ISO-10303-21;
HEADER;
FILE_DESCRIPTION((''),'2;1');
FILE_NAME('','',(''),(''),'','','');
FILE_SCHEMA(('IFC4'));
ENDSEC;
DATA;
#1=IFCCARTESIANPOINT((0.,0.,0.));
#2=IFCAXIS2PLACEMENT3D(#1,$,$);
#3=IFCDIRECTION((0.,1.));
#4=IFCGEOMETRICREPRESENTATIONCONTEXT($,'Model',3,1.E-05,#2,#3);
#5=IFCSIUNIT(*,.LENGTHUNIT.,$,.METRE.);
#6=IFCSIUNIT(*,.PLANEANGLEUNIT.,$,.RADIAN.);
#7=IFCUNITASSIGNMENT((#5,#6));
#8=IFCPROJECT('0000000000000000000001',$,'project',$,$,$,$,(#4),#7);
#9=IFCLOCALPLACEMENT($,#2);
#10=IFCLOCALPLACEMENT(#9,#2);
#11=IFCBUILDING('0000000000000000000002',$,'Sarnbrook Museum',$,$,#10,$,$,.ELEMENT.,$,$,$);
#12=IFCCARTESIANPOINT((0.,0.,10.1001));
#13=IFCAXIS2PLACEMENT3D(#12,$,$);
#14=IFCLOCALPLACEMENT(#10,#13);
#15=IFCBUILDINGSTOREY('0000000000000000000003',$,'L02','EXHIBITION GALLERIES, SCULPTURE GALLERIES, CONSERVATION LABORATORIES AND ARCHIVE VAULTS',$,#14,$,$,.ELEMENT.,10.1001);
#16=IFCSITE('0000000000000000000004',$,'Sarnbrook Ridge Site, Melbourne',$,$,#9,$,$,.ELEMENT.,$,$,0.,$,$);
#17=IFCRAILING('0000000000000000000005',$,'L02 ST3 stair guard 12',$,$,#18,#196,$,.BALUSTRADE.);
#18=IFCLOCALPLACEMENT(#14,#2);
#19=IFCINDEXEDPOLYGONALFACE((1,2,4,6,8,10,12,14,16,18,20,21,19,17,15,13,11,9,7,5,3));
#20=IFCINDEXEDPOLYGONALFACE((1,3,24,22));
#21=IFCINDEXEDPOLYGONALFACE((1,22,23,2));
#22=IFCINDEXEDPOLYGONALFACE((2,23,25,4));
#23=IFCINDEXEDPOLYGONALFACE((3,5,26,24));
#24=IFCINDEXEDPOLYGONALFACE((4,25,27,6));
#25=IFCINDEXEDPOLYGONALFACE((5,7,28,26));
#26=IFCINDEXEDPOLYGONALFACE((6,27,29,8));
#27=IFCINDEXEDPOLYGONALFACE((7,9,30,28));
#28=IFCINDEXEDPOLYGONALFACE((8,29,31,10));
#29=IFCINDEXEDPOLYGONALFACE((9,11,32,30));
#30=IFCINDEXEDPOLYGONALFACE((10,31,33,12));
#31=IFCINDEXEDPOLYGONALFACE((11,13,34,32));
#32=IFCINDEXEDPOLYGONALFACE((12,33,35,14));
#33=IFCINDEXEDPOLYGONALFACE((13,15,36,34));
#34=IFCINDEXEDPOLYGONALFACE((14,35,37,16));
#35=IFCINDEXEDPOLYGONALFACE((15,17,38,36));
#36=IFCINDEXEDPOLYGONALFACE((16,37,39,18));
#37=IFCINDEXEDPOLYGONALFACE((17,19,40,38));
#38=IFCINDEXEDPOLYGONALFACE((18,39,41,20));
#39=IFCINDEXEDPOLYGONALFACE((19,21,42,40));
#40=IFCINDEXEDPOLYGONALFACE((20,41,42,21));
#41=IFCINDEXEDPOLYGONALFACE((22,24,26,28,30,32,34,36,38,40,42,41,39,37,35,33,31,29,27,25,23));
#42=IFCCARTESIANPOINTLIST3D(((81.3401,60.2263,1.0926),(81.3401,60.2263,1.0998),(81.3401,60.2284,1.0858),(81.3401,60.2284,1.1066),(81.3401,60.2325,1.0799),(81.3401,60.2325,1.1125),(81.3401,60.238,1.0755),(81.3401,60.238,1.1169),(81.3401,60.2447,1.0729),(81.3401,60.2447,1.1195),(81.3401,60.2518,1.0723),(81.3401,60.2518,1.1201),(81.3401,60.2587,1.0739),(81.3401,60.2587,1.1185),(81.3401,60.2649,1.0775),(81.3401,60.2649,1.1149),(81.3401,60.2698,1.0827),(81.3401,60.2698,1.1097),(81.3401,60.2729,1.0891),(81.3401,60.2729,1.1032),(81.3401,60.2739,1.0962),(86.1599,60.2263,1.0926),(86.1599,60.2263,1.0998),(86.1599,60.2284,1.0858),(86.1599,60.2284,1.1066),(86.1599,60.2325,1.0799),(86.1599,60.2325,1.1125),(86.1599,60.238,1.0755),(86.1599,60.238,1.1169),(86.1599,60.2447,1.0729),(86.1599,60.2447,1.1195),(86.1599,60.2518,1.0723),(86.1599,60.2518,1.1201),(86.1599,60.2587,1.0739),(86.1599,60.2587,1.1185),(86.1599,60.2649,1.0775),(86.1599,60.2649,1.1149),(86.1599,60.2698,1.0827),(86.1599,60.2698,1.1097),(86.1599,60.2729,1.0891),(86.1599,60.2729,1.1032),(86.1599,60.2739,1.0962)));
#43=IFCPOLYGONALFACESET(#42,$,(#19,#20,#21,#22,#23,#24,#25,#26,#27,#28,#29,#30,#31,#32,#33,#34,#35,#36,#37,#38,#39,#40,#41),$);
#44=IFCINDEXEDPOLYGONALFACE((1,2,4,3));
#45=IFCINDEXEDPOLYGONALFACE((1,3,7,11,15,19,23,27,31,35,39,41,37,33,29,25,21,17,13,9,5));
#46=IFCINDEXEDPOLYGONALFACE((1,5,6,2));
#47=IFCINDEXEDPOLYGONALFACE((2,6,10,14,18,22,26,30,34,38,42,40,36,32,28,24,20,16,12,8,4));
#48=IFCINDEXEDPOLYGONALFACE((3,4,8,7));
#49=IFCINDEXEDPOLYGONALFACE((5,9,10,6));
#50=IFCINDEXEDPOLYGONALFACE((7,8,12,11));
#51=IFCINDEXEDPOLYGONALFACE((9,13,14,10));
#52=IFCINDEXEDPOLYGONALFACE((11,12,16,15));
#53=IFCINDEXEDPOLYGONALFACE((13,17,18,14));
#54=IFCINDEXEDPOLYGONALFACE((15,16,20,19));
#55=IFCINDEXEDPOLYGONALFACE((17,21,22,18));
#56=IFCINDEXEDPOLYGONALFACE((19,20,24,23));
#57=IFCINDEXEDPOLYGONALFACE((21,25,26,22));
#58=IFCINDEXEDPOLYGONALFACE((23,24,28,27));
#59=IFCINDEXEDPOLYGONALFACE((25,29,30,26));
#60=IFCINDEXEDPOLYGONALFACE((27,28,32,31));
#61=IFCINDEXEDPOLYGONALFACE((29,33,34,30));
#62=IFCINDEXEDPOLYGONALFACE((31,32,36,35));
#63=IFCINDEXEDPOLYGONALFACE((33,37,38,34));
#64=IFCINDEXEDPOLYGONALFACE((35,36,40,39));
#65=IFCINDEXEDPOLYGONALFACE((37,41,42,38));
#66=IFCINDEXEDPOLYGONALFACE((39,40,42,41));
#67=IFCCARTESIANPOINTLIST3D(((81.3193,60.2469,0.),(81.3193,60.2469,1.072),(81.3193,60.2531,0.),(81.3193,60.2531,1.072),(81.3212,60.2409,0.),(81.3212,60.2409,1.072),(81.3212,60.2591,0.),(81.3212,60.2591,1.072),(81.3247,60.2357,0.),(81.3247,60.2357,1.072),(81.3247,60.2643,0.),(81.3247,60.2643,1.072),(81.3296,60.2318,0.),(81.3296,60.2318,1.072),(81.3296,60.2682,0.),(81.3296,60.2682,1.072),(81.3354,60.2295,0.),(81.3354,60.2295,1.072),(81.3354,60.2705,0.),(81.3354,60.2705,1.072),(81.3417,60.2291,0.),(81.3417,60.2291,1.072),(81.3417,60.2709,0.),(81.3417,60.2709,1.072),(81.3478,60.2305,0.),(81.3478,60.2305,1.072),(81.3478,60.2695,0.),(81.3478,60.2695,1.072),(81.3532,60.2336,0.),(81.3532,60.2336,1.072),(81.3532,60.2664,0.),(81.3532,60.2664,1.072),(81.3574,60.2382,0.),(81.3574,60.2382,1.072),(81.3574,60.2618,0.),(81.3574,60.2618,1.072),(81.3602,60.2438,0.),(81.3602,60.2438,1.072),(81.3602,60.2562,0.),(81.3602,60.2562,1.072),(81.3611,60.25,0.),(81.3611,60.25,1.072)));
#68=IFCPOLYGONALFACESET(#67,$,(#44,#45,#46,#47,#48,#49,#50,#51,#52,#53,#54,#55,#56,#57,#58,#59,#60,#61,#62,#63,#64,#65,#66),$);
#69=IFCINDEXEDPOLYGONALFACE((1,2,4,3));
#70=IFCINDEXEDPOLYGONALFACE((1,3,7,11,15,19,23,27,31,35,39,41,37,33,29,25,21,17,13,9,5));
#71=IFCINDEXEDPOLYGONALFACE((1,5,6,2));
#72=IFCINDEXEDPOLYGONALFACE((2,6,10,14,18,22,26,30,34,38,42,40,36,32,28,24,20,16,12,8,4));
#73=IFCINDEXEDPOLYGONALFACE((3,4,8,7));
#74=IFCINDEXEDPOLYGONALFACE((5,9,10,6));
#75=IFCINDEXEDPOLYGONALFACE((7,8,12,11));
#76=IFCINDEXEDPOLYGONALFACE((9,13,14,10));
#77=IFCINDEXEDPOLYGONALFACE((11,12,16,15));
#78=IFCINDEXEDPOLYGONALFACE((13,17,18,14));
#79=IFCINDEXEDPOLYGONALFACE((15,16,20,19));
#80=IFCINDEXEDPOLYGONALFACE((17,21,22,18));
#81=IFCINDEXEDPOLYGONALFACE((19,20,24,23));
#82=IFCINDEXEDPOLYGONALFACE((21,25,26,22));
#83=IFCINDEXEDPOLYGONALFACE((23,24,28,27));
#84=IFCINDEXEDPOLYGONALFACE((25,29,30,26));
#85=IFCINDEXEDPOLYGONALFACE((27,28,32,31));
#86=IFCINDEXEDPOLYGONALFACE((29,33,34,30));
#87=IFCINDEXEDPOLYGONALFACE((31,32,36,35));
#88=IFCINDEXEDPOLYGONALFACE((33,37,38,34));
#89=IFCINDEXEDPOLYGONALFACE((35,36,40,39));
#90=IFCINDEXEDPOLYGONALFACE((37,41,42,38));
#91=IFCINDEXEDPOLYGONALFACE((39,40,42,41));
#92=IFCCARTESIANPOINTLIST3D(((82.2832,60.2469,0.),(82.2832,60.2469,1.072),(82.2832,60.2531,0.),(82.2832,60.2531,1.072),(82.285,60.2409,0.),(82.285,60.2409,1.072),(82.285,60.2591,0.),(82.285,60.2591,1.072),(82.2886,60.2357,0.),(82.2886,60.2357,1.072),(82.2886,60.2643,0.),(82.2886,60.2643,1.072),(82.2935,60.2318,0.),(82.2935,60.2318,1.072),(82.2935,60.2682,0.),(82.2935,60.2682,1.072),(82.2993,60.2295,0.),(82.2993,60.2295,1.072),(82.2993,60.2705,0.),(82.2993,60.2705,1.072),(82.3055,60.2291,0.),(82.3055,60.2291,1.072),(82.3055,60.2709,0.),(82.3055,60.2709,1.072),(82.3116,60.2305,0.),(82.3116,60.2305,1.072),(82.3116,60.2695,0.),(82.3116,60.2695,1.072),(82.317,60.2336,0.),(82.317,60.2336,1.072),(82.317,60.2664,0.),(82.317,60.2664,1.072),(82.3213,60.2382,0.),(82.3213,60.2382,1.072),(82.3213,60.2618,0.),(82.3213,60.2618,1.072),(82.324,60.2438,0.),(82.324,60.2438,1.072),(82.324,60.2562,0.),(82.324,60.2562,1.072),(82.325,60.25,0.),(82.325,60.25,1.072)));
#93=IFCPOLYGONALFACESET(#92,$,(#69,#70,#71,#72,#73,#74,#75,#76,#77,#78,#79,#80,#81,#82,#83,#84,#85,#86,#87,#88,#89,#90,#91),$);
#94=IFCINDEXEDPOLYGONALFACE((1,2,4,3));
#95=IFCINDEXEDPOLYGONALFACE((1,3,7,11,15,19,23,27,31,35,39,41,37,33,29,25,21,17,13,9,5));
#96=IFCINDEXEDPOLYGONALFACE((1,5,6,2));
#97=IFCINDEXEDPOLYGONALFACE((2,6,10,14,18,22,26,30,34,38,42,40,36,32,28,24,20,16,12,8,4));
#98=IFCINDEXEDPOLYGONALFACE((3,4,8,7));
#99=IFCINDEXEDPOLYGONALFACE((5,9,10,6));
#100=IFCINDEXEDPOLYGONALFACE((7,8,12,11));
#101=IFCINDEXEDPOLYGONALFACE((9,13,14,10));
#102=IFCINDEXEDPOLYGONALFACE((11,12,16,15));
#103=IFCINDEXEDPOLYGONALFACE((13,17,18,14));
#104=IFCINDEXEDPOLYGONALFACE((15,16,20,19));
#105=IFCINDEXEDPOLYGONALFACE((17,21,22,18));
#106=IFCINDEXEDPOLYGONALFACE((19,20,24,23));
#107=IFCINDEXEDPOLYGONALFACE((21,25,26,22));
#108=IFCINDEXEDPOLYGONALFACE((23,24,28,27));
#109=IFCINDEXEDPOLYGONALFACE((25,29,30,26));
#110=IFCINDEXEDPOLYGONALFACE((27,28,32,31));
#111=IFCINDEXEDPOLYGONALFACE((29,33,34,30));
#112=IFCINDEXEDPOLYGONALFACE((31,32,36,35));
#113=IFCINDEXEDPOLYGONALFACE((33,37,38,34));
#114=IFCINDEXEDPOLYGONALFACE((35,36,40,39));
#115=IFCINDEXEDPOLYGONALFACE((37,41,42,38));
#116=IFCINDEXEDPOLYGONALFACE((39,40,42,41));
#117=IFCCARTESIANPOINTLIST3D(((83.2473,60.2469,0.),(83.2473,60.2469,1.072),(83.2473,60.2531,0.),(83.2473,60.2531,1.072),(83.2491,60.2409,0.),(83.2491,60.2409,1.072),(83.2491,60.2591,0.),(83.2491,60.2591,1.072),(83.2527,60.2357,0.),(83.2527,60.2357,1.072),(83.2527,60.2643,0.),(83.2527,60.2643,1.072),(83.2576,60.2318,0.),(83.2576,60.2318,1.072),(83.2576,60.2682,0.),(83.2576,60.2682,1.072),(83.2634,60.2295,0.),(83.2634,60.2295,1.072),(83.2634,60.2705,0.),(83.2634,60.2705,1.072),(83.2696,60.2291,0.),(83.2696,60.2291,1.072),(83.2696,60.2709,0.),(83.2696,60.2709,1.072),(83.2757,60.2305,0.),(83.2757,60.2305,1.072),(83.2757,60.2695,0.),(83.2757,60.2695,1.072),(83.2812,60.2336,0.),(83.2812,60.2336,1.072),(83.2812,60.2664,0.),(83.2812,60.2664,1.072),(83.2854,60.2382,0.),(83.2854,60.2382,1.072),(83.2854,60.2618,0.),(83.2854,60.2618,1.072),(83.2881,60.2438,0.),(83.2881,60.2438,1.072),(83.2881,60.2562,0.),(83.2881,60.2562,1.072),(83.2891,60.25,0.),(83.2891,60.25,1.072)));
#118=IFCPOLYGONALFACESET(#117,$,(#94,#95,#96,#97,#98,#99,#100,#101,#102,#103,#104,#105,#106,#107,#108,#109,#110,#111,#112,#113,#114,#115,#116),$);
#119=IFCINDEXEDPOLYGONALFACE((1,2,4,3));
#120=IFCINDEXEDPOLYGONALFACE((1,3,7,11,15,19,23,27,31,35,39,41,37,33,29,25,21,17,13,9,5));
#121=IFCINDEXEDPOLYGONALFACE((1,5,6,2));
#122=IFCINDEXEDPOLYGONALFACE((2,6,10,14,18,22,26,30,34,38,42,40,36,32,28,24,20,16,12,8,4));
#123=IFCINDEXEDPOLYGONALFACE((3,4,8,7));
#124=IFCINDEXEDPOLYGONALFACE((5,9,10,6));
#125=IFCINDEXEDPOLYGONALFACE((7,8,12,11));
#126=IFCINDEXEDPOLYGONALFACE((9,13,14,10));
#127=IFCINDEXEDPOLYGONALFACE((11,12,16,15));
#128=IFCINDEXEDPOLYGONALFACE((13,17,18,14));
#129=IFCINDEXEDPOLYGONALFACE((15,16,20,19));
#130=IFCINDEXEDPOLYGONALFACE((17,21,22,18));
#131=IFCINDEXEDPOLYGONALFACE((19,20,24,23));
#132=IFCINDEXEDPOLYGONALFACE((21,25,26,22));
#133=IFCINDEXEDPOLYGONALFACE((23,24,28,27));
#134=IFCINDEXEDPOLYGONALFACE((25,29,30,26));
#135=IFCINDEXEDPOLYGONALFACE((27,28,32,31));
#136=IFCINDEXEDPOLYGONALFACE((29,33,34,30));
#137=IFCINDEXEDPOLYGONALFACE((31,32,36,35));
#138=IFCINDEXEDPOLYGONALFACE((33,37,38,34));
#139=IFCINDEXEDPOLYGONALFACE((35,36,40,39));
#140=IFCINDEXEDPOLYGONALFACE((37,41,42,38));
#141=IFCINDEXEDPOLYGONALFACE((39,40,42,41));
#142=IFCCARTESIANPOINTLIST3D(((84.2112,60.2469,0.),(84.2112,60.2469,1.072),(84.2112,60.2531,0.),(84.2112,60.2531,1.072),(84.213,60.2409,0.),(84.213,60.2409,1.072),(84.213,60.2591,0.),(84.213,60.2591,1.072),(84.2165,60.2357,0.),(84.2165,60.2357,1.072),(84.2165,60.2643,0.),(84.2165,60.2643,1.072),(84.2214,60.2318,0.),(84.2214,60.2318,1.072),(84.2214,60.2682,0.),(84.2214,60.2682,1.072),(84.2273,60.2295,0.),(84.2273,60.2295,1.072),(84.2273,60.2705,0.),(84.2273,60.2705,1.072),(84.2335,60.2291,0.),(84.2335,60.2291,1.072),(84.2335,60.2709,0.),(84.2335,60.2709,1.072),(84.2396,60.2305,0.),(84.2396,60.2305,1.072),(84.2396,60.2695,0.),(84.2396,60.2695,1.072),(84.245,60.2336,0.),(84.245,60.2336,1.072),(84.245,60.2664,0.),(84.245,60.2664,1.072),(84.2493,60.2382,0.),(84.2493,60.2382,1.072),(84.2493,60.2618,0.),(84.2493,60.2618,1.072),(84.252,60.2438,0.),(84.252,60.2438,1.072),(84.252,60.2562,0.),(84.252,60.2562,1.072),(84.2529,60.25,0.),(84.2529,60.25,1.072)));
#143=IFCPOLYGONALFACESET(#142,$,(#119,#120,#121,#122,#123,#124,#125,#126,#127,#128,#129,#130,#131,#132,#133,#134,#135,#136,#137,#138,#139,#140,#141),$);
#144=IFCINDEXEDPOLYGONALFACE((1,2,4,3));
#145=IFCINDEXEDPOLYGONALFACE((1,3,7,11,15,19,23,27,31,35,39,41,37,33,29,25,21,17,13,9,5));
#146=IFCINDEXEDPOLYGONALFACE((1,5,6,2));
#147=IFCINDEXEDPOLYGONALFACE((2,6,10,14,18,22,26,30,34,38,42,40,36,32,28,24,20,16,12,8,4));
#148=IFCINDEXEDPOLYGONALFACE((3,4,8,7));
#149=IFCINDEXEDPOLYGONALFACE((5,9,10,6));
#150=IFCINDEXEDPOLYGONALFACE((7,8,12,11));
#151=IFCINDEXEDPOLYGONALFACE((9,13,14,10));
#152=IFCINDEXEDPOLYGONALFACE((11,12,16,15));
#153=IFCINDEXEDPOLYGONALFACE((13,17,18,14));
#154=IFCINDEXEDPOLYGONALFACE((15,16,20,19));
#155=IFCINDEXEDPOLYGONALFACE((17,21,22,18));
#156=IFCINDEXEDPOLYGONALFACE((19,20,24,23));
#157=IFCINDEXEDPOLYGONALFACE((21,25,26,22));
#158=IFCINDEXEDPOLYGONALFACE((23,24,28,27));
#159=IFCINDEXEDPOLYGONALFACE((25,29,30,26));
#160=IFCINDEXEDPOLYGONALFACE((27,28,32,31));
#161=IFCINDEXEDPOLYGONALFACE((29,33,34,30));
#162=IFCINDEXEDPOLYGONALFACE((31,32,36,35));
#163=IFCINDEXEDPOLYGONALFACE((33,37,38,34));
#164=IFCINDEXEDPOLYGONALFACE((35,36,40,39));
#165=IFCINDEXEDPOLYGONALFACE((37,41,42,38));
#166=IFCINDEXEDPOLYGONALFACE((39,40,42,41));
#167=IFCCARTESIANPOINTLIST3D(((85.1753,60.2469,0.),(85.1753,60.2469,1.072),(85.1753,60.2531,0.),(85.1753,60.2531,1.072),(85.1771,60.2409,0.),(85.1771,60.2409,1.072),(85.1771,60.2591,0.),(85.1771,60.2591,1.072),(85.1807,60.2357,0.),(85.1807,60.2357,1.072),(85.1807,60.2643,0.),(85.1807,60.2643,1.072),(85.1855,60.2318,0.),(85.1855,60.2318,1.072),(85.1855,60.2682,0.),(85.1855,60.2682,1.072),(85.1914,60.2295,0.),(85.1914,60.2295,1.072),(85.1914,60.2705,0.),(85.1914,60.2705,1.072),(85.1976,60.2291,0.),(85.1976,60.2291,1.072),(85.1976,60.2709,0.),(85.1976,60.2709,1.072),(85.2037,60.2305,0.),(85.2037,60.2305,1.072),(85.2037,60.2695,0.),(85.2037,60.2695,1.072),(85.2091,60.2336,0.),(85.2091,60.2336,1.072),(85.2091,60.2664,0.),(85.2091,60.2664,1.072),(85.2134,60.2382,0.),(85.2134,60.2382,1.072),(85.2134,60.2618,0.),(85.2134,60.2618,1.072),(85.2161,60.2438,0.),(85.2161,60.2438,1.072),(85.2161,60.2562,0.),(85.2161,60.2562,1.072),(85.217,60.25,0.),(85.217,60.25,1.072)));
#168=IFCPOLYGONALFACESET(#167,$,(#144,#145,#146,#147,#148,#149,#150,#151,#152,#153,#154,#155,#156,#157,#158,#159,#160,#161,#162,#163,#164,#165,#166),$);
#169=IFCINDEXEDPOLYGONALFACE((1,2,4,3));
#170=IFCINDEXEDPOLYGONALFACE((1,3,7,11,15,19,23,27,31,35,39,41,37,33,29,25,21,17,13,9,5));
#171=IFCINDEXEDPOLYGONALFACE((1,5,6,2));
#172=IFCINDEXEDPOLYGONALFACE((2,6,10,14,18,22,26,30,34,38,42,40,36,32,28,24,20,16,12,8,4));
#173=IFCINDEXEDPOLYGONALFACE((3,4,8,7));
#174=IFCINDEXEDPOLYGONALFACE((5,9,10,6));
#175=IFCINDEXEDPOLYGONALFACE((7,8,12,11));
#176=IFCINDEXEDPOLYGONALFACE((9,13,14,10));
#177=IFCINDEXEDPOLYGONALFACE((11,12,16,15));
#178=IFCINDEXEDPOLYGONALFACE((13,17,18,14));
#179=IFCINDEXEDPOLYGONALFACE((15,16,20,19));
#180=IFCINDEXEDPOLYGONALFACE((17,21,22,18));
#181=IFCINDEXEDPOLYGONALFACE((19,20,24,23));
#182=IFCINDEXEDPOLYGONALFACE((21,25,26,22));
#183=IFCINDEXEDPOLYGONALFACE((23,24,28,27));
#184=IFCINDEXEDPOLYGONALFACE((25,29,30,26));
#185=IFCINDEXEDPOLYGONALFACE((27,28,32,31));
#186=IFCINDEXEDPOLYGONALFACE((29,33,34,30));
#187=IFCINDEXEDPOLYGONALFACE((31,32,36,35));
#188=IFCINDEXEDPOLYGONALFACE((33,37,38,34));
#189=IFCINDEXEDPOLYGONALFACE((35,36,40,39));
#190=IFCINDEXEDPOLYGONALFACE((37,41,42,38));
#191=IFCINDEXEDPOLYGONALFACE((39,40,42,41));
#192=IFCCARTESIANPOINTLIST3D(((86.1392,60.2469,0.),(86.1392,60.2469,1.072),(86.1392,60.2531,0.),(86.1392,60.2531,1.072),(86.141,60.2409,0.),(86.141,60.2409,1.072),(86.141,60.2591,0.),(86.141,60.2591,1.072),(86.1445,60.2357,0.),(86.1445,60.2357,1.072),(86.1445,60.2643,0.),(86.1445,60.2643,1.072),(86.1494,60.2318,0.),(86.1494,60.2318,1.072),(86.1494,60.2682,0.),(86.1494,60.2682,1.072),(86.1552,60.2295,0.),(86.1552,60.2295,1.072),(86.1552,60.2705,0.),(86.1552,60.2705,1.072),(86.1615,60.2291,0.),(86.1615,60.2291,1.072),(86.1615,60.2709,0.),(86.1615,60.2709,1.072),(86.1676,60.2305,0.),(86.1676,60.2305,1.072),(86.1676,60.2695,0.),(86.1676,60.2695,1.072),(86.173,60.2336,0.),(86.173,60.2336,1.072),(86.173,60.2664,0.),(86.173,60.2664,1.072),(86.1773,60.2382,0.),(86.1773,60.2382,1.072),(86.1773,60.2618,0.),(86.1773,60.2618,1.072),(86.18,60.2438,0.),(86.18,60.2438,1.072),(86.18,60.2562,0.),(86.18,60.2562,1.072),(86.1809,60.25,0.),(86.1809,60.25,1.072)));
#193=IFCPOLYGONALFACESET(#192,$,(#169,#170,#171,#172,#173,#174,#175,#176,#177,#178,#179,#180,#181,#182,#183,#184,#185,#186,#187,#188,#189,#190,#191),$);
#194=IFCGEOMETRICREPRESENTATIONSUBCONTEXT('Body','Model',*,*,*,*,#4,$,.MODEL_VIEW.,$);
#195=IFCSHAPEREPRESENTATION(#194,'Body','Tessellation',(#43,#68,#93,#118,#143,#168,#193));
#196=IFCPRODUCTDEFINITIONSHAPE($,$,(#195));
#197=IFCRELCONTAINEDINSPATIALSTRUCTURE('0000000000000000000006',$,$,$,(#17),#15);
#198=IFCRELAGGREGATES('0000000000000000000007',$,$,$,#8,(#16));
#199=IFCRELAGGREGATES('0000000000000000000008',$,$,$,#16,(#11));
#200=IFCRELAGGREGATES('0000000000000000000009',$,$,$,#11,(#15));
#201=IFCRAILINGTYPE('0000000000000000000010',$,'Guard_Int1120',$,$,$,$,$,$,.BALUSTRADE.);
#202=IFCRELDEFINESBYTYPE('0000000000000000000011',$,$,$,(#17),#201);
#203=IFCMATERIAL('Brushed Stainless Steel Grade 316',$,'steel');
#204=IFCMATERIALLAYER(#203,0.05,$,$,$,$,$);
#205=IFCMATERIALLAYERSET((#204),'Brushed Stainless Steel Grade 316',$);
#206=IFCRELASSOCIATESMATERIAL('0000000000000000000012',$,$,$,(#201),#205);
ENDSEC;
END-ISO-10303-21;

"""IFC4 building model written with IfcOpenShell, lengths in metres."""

from ifc_helpers import new_model, si_unit, direction, frame, origin, origin_2d, place, context, subcontext, project, spatial, circle, extrude, material, layer, layer_set, type_object, element, save


model = new_model("IFC4")

# Units and contexts
model_context = context("Model", 3, precision=1e-05, world=origin(), true_north=direction((0.0, 1.0)))
body_context = subcontext(model_context, "Body", "Model", "MODEL_VIEW")
ifc_project = project(units=[si_unit("LENGTHUNIT", "METRE"), si_unit("PLANEANGLEUNIT", "RADIAN")], contexts=[model_context])

# Site, building, storey
site_placement = place(None, origin())
site = spatial("IfcSite", under=ifc_project, at=site_placement, Name="Sarnbrook Ridge Site, Melbourne", CompositionType="ELEMENT", RefElevation=0.0)
building_placement = place(site_placement, origin())
building = spatial("IfcBuilding", under=site, at=building_placement, Name="Sarnbrook Museum", CompositionType="ELEMENT")
storey_placement = place(building_placement, frame((0.0, 0.0, 10.1001)))
storey = spatial("IfcBuildingStorey", under=building, at=storey_placement, Name="L02", Description="EXHIBITION GALLERIES, SCULPTURE GALLERIES, CONSERVATION LABORATORIES AND ARCHIVE VAULTS", CompositionType="ELEMENT", Elevation=10.1001)

# Shared definitions
ifc_material_1 = material(Name="Brushed Stainless Steel Grade 316", Category="steel")

# Railing
ifc_layer_1 = layer(ifc_material_1, 0.05)
ifc_layer_set_1 = layer_set([ifc_layer_1], Name="Brushed Stainless Steel Grade 316")
railing_type_1 = type_object("IfcRailingType", Name="Guard_Int1120", PredefinedType="BALUSTRADE", material=ifc_layer_set_1)
railing_1_placement = place(storey_placement, frame((81.3401, 60.25, 0.0)))
element("IfcRailing", 1, at=railing_1_placement, inside=storey, type_object=railing_type_1, Name="L02 ST3 stair guard 12", PredefinedType="BALUSTRADE", context=body_context, shape_type="SweptSolid", body=[
    extrude(circle(Radius=0.0239, at=origin_2d()), frame((0.0, 0.0, 1.0962), z_axis=(1.0, 0.0, 0.0), x_axis=(0.0, 1.0, 0.0)), (0.0, 0.0, 1.0), 4.8198),
    extrude(circle(Radius=0.021, at=origin_2d()), origin(), (0.0, 0.0, 1.0), 1.072),
    extrude(circle(Radius=0.021, at=origin_2d()), frame((0.9639, 0.0, 0.0)), (0.0, 0.0, 1.0), 1.072),
    extrude(circle(Radius=0.021, at=origin_2d()), frame((1.928, 0.0, 0.0)), (0.0, 0.0, 1.0), 1.072),
    extrude(circle(Radius=0.021, at=origin_2d()), frame((2.8918, 0.0, 0.0)), (0.0, 0.0, 1.0), 1.072),
    extrude(circle(Radius=0.021, at=origin_2d()), frame((3.856, 0.0, 0.0)), (0.0, 0.0, 1.0), 1.072),
    extrude(circle(Radius=0.021, at=origin_2d()), frame((4.8198, 0.0, 0.0)), (0.0, 0.0, 1.0), 1.072),
])

save(model, "model.ifc")
